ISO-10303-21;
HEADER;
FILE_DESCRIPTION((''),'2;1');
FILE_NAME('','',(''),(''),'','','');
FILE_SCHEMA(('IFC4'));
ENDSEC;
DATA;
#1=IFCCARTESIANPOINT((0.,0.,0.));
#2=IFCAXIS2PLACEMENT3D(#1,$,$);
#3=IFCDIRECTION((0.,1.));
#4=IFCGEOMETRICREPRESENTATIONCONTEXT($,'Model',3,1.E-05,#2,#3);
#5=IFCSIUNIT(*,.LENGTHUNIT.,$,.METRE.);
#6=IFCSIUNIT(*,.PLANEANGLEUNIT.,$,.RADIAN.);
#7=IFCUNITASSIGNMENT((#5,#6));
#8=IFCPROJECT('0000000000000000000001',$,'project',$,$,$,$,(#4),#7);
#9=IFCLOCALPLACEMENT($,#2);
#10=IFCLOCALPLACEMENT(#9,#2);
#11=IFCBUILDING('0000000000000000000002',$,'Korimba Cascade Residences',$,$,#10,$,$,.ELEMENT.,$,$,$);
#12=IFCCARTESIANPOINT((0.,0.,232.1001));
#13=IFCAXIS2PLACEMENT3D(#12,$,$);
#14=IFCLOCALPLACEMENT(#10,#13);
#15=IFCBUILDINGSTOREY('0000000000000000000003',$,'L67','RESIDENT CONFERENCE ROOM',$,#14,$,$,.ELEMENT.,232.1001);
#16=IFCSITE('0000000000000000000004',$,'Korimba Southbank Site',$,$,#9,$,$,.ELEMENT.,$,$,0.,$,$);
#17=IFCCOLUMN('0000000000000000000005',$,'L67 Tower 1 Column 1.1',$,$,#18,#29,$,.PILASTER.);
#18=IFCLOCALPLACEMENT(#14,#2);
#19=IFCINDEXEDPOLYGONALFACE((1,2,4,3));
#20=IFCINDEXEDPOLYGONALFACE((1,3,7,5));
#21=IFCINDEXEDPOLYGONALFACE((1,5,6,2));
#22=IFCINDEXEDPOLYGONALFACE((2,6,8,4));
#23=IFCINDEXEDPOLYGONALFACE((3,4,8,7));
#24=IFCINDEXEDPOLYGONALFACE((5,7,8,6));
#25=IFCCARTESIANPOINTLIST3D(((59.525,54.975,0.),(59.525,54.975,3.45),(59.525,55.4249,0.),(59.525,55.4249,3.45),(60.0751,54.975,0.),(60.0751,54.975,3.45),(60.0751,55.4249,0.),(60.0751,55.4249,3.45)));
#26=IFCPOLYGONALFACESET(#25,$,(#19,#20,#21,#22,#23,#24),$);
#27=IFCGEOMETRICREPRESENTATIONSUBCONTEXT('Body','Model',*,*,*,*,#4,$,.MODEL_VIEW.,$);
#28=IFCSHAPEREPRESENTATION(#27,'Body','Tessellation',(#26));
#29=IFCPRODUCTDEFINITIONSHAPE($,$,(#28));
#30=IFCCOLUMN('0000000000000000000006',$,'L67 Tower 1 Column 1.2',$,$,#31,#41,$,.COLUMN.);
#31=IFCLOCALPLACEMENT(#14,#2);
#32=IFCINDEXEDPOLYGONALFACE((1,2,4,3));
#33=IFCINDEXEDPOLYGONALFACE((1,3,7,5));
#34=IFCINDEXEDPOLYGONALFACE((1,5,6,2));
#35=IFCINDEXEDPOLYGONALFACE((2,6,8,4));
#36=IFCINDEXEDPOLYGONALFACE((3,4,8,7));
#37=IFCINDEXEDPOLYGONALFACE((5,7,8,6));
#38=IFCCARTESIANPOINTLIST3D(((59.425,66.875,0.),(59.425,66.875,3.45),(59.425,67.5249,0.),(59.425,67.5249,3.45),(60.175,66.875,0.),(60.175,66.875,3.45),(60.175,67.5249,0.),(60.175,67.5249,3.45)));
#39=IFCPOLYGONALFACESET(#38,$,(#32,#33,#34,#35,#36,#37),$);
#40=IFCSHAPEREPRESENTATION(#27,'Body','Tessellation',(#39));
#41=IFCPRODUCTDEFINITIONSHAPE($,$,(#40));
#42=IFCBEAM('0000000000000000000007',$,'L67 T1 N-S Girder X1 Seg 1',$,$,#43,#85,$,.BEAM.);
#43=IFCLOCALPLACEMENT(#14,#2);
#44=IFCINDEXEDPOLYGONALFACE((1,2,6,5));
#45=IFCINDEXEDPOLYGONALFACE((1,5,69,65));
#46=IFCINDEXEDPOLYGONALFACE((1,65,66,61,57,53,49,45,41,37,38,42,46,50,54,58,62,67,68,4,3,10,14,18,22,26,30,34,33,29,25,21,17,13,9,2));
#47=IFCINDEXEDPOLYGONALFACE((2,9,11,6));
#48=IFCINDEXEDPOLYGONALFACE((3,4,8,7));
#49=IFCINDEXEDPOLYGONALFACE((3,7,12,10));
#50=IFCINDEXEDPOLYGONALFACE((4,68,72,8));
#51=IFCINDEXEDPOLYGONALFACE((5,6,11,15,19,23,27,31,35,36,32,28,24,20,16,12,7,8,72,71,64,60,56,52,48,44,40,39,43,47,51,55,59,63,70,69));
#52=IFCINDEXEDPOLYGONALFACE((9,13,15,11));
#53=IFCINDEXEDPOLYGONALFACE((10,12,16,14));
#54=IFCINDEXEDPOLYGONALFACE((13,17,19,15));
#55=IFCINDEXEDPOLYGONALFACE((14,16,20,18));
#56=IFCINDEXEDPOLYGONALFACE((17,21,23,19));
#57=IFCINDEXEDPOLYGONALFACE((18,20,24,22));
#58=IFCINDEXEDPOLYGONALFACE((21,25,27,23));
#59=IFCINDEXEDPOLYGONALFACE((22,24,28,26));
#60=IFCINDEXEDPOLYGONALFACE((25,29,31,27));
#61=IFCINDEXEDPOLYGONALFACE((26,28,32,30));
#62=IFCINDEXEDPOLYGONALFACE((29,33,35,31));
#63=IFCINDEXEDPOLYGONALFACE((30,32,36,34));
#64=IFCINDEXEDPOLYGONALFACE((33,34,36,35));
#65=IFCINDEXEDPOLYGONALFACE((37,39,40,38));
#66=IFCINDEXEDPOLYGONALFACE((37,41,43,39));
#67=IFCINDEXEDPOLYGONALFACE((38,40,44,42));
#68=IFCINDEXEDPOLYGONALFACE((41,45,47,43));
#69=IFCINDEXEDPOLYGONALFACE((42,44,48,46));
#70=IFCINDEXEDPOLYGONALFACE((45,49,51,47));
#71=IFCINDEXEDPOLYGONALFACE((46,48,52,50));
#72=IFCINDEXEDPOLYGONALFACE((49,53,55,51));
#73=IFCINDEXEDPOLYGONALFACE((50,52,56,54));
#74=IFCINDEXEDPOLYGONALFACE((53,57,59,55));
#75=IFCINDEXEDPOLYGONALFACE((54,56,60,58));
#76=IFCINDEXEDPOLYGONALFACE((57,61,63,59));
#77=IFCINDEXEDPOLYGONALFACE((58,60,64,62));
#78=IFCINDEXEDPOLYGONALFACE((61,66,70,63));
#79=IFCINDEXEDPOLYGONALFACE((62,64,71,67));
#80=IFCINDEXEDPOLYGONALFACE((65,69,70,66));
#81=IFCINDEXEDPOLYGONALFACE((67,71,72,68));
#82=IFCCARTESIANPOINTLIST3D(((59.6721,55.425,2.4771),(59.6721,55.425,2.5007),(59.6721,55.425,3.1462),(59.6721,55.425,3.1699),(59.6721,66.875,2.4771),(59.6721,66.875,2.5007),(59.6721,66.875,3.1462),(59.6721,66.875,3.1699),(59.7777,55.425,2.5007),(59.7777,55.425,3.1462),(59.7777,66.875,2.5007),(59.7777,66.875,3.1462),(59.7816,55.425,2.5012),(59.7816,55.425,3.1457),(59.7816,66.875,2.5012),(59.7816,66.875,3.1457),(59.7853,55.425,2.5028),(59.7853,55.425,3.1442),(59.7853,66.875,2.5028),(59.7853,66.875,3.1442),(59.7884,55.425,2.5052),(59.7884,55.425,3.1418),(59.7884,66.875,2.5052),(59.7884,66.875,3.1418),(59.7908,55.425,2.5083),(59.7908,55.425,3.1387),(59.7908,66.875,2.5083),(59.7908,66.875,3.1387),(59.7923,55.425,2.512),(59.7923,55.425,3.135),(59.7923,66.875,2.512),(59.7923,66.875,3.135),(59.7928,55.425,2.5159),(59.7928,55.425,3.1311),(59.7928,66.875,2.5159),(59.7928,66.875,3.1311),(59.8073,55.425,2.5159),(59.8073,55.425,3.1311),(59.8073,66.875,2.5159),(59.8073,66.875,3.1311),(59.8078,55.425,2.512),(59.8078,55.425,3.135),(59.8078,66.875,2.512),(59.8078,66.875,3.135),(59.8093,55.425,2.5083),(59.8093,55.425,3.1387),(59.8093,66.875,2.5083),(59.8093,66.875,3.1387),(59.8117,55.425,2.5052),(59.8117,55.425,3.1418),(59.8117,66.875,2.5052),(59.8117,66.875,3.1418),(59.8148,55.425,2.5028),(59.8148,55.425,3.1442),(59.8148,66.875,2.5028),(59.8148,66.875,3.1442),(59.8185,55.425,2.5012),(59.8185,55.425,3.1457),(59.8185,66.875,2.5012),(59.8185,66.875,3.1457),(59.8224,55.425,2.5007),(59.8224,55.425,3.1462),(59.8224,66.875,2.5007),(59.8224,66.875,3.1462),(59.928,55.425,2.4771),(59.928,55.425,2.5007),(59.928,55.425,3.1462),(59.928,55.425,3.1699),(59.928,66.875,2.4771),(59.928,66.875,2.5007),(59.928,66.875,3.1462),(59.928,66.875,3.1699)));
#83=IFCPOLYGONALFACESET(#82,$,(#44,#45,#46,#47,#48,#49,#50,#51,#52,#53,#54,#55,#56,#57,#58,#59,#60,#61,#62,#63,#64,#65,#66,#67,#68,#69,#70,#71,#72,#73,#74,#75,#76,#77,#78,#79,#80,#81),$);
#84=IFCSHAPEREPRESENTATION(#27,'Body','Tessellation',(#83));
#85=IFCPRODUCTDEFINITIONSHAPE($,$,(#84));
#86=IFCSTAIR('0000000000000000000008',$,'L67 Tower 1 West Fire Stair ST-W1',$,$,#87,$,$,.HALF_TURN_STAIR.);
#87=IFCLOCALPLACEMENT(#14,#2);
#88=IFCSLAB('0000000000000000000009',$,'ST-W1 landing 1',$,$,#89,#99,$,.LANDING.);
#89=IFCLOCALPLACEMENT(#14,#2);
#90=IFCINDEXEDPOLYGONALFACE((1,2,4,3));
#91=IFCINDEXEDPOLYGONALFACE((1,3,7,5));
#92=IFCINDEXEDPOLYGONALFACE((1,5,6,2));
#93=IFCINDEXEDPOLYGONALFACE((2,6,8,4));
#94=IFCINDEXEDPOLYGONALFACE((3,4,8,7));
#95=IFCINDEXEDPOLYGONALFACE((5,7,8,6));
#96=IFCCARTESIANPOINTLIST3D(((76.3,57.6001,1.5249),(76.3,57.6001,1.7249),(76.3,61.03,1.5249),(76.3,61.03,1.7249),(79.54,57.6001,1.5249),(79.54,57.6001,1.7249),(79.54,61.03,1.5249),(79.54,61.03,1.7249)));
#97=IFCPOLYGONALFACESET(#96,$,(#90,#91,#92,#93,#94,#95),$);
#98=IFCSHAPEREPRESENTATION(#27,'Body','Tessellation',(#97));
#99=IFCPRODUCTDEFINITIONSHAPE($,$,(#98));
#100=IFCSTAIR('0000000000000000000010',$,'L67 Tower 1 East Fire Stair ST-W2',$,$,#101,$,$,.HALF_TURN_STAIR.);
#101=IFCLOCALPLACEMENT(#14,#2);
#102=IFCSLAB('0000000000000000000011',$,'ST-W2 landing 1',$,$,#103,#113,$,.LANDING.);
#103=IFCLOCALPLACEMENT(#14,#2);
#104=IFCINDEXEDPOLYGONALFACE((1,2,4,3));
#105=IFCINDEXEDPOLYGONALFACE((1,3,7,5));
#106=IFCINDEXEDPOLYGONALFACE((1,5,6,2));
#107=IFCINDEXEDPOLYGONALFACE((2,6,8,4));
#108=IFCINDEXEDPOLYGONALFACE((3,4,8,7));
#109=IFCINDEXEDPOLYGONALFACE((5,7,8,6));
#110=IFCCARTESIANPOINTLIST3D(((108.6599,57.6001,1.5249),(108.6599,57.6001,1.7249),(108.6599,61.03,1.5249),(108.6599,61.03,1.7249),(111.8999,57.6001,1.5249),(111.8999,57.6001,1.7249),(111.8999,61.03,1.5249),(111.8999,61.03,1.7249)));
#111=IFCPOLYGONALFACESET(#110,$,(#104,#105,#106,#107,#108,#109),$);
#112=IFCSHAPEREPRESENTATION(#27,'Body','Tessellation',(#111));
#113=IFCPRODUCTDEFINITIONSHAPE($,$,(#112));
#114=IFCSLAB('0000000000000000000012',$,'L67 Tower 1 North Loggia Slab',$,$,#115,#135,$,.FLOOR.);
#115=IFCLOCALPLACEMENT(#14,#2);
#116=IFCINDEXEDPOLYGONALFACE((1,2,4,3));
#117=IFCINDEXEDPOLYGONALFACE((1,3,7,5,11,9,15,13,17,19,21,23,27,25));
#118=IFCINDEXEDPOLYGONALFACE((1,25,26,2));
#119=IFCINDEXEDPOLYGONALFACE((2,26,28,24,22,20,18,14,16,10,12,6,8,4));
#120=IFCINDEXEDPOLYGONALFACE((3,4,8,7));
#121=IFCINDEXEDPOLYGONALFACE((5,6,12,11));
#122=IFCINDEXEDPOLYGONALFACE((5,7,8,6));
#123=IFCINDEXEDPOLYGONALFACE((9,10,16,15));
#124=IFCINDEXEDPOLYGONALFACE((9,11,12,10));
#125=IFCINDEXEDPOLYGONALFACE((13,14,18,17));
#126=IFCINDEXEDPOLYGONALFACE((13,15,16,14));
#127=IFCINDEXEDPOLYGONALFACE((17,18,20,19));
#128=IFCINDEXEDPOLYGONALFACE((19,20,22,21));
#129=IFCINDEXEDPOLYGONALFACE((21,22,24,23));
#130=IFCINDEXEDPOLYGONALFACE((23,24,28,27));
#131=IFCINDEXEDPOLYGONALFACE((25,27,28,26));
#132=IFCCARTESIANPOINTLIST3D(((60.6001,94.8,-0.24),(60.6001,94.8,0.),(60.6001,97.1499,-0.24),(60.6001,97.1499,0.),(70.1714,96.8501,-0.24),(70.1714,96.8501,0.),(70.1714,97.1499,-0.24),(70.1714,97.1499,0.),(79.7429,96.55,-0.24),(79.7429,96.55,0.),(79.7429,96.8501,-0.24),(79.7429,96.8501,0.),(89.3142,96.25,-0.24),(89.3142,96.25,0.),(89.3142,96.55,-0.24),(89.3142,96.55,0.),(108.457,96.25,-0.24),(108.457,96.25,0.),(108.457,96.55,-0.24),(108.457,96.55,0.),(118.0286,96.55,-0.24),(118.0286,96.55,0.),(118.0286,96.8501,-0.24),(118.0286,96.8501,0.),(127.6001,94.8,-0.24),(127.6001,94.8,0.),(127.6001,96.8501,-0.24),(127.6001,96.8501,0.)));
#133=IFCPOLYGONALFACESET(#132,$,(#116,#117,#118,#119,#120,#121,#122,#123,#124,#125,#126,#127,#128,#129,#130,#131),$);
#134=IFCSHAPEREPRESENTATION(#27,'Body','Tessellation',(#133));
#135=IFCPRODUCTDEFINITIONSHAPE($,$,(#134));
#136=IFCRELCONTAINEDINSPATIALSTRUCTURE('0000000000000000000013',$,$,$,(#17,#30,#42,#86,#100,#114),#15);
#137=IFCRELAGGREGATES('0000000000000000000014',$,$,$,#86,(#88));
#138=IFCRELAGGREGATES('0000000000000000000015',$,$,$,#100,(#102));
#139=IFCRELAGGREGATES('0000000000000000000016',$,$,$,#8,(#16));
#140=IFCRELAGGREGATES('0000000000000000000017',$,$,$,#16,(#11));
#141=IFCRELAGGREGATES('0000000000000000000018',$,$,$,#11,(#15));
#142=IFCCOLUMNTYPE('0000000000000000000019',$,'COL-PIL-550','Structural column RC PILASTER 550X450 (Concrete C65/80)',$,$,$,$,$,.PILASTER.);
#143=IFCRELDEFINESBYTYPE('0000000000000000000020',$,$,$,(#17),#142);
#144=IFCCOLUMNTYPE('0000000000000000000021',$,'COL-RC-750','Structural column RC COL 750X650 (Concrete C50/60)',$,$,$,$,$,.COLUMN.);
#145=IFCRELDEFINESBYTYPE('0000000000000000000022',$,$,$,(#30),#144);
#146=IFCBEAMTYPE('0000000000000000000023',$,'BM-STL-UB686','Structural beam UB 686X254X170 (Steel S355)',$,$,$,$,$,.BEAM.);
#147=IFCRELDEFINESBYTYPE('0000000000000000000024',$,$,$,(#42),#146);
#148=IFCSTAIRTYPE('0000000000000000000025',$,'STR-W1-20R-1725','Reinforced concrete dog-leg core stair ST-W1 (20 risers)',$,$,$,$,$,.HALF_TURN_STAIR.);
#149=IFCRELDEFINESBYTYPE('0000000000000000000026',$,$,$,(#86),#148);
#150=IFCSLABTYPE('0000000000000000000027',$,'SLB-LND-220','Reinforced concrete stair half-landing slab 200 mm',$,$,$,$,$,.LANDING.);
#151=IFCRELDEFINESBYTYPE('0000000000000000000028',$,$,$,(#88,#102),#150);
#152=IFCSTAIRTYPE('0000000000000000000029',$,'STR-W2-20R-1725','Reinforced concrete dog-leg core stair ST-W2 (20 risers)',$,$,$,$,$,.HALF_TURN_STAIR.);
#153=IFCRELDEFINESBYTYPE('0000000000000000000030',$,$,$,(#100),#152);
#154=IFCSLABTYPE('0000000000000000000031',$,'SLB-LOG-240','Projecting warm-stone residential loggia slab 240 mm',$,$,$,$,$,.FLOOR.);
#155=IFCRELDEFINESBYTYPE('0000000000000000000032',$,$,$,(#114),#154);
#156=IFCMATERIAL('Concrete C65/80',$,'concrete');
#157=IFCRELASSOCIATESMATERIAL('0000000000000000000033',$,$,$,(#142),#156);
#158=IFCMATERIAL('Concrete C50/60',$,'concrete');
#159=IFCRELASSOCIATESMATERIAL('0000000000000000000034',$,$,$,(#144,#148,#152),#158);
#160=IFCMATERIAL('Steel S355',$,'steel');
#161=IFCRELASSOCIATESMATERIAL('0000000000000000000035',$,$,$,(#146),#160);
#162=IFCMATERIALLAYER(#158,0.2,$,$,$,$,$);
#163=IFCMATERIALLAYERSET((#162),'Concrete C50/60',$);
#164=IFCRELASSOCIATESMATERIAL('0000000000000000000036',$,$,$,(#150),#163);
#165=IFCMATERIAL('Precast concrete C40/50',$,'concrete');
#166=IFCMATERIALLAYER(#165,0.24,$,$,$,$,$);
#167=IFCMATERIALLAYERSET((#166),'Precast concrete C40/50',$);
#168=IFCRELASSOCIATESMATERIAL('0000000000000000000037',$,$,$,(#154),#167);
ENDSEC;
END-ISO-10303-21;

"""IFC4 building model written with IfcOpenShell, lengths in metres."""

from ifc_helpers import new_model, si_unit, direction, frame, origin, origin_2d, place, context, subcontext, project, spatial, polyline, rectangle, i_section, outline, extrude, material, layer, layer_set, material_profile, profile_set, type_object, element, aggregate, save


model = new_model("IFC4")

# Units and contexts
model_context = context("Model", 3, precision=1e-05, world=origin(), true_north=direction((0.0, 1.0)))
body_context = subcontext(model_context, "Body", "Model", "MODEL_VIEW")
ifc_project = project(units=[si_unit("LENGTHUNIT", "METRE"), si_unit("PLANEANGLEUNIT", "RADIAN")], contexts=[model_context])

# Site, building, storey
site_placement = place(None, origin())
site = spatial("IfcSite", under=ifc_project, at=site_placement, Name="Korimba Southbank Site", CompositionType="ELEMENT", RefElevation=0.0)
building_placement = place(site_placement, origin())
building = spatial("IfcBuilding", under=site, at=building_placement, Name="Korimba Cascade Residences", CompositionType="ELEMENT")
storey_placement = place(building_placement, frame((0.0, 0.0, 232.1001)))
storey = spatial("IfcBuildingStorey", under=building, at=storey_placement, Name="L67", Description="RESIDENT CONFERENCE ROOM", CompositionType="ELEMENT", Elevation=232.1001)

# Columns
ifc_material_1 = material(Name="Concrete C65/80", Category="concrete")
ifc_material_profile_1 = material_profile(ifc_material_1, rectangle(XDim=0.55, YDim=0.45, at=origin_2d()), Name="Concrete C65/80")
ifc_profile_set_1 = profile_set([ifc_material_profile_1], Name="Concrete C65/80")
column_type_1 = type_object("IfcColumnType", Name="COL-PIL-550", Description="Structural column RC PILASTER 550X450 (Concrete C65/80)", PredefinedType="PILASTER", material=ifc_profile_set_1)
column_1_placement = place(storey_placement, frame((59.8, 55.2, 0.0), z_axis=(0.0, 0.0, 1.0), x_axis=(1.0, 0.0, 0.0)))
element("IfcColumn", 1, at=column_1_placement, inside=storey, type_object=column_type_1, Name="L67 Tower 1 Column 1.1", PredefinedType="PILASTER", context=body_context, shape_type="SweptSolid", body=[
    extrude(rectangle(XDim=0.55, YDim=0.45, at=origin_2d()), origin(), (0.0, 0.0, 1.0), 3.45),
])
ifc_material_2 = material(Name="Concrete C50/60", Category="concrete")
ifc_material_profile_2 = material_profile(ifc_material_2, rectangle(XDim=0.75, YDim=0.6499, at=origin_2d()), Name="Concrete C50/60")
ifc_profile_set_2 = profile_set([ifc_material_profile_2], Name="Concrete C50/60")
column_type_2 = type_object("IfcColumnType", Name="COL-RC-750", Description="Structural column RC COL 750X650 (Concrete C50/60)", PredefinedType="COLUMN", material=ifc_profile_set_2)
column_2_placement = place(storey_placement, frame((59.8, 67.2, 0.0), z_axis=(0.0, 0.0, 1.0), x_axis=(1.0, 0.0, 0.0)))
element("IfcColumn", 2, at=column_2_placement, inside=storey, type_object=column_type_2, Name="L67 Tower 1 Column 1.2", PredefinedType="COLUMN", context=body_context, shape_type="SweptSolid", body=[
    extrude(rectangle(XDim=0.75, YDim=0.6499, at=origin_2d()), origin(), (0.0, 0.0, 1.0), 3.45),
])

# Beam
ifc_material_3 = material(Name="Steel S355", Category="steel")
ifc_material_profile_3 = material_profile(ifc_material_3, i_section(OverallWidth=0.2559, OverallDepth=0.6929, WebThickness=0.0144, FlangeThickness=0.0237, FilletRadius=0.0151, at=origin_2d()), Name="Steel S355")
ifc_profile_set_3 = profile_set([ifc_material_profile_3], Name="Steel S355")
beam_type = type_object("IfcBeamType", Name="BM-STL-UB686", Description="Structural beam UB 686X254X170 (Steel S355)", PredefinedType="BEAM", material=ifc_profile_set_3)
beam_placement = place(storey_placement, frame((59.8, 55.425, 2.8235), z_axis=(0.0, 1.0, 0.0), x_axis=(-1.0, 0.0, 0.0)))
element("IfcBeam", 3, at=beam_placement, inside=storey, type_object=beam_type, Name="L67 T1 N-S Girder X1 Seg 1", PredefinedType="BEAM", context=body_context, shape_type="SweptSolid", body=[
    extrude(i_section(OverallWidth=0.2559, OverallDepth=0.6929, WebThickness=0.0144, FlangeThickness=0.0237, FilletRadius=0.0151, at=origin_2d()), origin(), (0.0, 0.0, 1.0), 11.45),
])

# Stairs, slabs
stair_type_1 = type_object("IfcStairType", Name="STR-W1-20R-1725", Description="Reinforced concrete dog-leg core stair ST-W1 (20 risers)", PredefinedType="HALF_TURN_STAIR", material=ifc_material_2)
stair_1_placement = place(storey_placement, origin())
stair_1 = element("IfcStair", 4, at=stair_1_placement, inside=storey, type_object=stair_type_1, Name="L67 Tower 1 West Fire Stair ST-W1", PredefinedType="HALF_TURN_STAIR")
ifc_layer_1 = layer(ifc_material_2, 0.2)
ifc_layer_set_1 = layer_set([ifc_layer_1], Name="Concrete C50/60")
slab_type_1 = type_object("IfcSlabType", Name="SLB-LND-220", Description="Reinforced concrete stair half-landing slab 200 mm", PredefinedType="LANDING", material=ifc_layer_set_1)
slab_1_placement = place(storey_placement, frame((0.0, 0.0, 1.5249)))
slab_1 = element("IfcSlab", 5, at=slab_1_placement, type_object=slab_type_1, Name="ST-W1 landing 1", PredefinedType="LANDING", context=body_context, shape_type="SweptSolid", body=[
    extrude(outline(polyline([(76.3, 61.03), (76.3, 57.6001), (79.54, 57.6001), (79.54, 61.03), (76.3, 61.03)])), origin(), (0.0, 0.0, 1.0), 0.2),
])
aggregate(stair_1, [slab_1])
stair_type_2 = type_object("IfcStairType", Name="STR-W2-20R-1725", Description="Reinforced concrete dog-leg core stair ST-W2 (20 risers)", PredefinedType="HALF_TURN_STAIR", material=ifc_material_2)
stair_2_placement = place(storey_placement, origin())
stair_2 = element("IfcStair", 6, at=stair_2_placement, inside=storey, type_object=stair_type_2, Name="L67 Tower 1 East Fire Stair ST-W2", PredefinedType="HALF_TURN_STAIR")
slab_2_placement = place(storey_placement, frame((0.0, 0.0, 1.5249)))
slab_2 = element("IfcSlab", 7, at=slab_2_placement, type_object=slab_type_1, Name="ST-W2 landing 1", PredefinedType="LANDING", context=body_context, shape_type="SweptSolid", body=[
    extrude(outline(polyline([(108.6599, 61.03), (108.6599, 57.6001), (111.8999, 57.6001), (111.8999, 61.03), (108.6599, 61.03)])), origin(), (0.0, 0.0, 1.0), 0.2),
])
aggregate(stair_2, [slab_2])

# Slab
ifc_material_4 = material(Name="Precast concrete C40/50", Category="concrete")
ifc_layer_2 = layer(ifc_material_4, 0.24)
ifc_layer_set_2 = layer_set([ifc_layer_2], Name="Precast concrete C40/50")
slab_type_2 = type_object("IfcSlabType", Name="SLB-LOG-240", Description="Projecting warm-stone residential loggia slab 240 mm", PredefinedType="FLOOR", material=ifc_layer_set_2)
slab_3_placement = place(storey_placement, frame((0.0, 0.0, -0.24)))
element("IfcSlab", 8, at=slab_3_placement, inside=storey, type_object=slab_type_2, Name="L67 Tower 1 North Loggia Slab", PredefinedType="FLOOR", context=body_context, shape_type="SweptSolid", body=[
    extrude(outline(polyline([(60.6001, 94.8), (127.6001, 94.8), (127.6001, 96.8501), (118.0286, 96.8501), (118.0286, 96.55), (108.457, 96.55), (108.457, 96.25), (89.3142, 96.25), (89.3142, 96.55), (79.7429, 96.55), (79.7429, 96.8501), (70.1714, 96.8501), (70.1714, 97.1499), (60.6001, 97.1499), (60.6001, 94.8)])), origin(), (0.0, 0.0, 1.0), 0.24),
])

save(model, "model.ifc")
